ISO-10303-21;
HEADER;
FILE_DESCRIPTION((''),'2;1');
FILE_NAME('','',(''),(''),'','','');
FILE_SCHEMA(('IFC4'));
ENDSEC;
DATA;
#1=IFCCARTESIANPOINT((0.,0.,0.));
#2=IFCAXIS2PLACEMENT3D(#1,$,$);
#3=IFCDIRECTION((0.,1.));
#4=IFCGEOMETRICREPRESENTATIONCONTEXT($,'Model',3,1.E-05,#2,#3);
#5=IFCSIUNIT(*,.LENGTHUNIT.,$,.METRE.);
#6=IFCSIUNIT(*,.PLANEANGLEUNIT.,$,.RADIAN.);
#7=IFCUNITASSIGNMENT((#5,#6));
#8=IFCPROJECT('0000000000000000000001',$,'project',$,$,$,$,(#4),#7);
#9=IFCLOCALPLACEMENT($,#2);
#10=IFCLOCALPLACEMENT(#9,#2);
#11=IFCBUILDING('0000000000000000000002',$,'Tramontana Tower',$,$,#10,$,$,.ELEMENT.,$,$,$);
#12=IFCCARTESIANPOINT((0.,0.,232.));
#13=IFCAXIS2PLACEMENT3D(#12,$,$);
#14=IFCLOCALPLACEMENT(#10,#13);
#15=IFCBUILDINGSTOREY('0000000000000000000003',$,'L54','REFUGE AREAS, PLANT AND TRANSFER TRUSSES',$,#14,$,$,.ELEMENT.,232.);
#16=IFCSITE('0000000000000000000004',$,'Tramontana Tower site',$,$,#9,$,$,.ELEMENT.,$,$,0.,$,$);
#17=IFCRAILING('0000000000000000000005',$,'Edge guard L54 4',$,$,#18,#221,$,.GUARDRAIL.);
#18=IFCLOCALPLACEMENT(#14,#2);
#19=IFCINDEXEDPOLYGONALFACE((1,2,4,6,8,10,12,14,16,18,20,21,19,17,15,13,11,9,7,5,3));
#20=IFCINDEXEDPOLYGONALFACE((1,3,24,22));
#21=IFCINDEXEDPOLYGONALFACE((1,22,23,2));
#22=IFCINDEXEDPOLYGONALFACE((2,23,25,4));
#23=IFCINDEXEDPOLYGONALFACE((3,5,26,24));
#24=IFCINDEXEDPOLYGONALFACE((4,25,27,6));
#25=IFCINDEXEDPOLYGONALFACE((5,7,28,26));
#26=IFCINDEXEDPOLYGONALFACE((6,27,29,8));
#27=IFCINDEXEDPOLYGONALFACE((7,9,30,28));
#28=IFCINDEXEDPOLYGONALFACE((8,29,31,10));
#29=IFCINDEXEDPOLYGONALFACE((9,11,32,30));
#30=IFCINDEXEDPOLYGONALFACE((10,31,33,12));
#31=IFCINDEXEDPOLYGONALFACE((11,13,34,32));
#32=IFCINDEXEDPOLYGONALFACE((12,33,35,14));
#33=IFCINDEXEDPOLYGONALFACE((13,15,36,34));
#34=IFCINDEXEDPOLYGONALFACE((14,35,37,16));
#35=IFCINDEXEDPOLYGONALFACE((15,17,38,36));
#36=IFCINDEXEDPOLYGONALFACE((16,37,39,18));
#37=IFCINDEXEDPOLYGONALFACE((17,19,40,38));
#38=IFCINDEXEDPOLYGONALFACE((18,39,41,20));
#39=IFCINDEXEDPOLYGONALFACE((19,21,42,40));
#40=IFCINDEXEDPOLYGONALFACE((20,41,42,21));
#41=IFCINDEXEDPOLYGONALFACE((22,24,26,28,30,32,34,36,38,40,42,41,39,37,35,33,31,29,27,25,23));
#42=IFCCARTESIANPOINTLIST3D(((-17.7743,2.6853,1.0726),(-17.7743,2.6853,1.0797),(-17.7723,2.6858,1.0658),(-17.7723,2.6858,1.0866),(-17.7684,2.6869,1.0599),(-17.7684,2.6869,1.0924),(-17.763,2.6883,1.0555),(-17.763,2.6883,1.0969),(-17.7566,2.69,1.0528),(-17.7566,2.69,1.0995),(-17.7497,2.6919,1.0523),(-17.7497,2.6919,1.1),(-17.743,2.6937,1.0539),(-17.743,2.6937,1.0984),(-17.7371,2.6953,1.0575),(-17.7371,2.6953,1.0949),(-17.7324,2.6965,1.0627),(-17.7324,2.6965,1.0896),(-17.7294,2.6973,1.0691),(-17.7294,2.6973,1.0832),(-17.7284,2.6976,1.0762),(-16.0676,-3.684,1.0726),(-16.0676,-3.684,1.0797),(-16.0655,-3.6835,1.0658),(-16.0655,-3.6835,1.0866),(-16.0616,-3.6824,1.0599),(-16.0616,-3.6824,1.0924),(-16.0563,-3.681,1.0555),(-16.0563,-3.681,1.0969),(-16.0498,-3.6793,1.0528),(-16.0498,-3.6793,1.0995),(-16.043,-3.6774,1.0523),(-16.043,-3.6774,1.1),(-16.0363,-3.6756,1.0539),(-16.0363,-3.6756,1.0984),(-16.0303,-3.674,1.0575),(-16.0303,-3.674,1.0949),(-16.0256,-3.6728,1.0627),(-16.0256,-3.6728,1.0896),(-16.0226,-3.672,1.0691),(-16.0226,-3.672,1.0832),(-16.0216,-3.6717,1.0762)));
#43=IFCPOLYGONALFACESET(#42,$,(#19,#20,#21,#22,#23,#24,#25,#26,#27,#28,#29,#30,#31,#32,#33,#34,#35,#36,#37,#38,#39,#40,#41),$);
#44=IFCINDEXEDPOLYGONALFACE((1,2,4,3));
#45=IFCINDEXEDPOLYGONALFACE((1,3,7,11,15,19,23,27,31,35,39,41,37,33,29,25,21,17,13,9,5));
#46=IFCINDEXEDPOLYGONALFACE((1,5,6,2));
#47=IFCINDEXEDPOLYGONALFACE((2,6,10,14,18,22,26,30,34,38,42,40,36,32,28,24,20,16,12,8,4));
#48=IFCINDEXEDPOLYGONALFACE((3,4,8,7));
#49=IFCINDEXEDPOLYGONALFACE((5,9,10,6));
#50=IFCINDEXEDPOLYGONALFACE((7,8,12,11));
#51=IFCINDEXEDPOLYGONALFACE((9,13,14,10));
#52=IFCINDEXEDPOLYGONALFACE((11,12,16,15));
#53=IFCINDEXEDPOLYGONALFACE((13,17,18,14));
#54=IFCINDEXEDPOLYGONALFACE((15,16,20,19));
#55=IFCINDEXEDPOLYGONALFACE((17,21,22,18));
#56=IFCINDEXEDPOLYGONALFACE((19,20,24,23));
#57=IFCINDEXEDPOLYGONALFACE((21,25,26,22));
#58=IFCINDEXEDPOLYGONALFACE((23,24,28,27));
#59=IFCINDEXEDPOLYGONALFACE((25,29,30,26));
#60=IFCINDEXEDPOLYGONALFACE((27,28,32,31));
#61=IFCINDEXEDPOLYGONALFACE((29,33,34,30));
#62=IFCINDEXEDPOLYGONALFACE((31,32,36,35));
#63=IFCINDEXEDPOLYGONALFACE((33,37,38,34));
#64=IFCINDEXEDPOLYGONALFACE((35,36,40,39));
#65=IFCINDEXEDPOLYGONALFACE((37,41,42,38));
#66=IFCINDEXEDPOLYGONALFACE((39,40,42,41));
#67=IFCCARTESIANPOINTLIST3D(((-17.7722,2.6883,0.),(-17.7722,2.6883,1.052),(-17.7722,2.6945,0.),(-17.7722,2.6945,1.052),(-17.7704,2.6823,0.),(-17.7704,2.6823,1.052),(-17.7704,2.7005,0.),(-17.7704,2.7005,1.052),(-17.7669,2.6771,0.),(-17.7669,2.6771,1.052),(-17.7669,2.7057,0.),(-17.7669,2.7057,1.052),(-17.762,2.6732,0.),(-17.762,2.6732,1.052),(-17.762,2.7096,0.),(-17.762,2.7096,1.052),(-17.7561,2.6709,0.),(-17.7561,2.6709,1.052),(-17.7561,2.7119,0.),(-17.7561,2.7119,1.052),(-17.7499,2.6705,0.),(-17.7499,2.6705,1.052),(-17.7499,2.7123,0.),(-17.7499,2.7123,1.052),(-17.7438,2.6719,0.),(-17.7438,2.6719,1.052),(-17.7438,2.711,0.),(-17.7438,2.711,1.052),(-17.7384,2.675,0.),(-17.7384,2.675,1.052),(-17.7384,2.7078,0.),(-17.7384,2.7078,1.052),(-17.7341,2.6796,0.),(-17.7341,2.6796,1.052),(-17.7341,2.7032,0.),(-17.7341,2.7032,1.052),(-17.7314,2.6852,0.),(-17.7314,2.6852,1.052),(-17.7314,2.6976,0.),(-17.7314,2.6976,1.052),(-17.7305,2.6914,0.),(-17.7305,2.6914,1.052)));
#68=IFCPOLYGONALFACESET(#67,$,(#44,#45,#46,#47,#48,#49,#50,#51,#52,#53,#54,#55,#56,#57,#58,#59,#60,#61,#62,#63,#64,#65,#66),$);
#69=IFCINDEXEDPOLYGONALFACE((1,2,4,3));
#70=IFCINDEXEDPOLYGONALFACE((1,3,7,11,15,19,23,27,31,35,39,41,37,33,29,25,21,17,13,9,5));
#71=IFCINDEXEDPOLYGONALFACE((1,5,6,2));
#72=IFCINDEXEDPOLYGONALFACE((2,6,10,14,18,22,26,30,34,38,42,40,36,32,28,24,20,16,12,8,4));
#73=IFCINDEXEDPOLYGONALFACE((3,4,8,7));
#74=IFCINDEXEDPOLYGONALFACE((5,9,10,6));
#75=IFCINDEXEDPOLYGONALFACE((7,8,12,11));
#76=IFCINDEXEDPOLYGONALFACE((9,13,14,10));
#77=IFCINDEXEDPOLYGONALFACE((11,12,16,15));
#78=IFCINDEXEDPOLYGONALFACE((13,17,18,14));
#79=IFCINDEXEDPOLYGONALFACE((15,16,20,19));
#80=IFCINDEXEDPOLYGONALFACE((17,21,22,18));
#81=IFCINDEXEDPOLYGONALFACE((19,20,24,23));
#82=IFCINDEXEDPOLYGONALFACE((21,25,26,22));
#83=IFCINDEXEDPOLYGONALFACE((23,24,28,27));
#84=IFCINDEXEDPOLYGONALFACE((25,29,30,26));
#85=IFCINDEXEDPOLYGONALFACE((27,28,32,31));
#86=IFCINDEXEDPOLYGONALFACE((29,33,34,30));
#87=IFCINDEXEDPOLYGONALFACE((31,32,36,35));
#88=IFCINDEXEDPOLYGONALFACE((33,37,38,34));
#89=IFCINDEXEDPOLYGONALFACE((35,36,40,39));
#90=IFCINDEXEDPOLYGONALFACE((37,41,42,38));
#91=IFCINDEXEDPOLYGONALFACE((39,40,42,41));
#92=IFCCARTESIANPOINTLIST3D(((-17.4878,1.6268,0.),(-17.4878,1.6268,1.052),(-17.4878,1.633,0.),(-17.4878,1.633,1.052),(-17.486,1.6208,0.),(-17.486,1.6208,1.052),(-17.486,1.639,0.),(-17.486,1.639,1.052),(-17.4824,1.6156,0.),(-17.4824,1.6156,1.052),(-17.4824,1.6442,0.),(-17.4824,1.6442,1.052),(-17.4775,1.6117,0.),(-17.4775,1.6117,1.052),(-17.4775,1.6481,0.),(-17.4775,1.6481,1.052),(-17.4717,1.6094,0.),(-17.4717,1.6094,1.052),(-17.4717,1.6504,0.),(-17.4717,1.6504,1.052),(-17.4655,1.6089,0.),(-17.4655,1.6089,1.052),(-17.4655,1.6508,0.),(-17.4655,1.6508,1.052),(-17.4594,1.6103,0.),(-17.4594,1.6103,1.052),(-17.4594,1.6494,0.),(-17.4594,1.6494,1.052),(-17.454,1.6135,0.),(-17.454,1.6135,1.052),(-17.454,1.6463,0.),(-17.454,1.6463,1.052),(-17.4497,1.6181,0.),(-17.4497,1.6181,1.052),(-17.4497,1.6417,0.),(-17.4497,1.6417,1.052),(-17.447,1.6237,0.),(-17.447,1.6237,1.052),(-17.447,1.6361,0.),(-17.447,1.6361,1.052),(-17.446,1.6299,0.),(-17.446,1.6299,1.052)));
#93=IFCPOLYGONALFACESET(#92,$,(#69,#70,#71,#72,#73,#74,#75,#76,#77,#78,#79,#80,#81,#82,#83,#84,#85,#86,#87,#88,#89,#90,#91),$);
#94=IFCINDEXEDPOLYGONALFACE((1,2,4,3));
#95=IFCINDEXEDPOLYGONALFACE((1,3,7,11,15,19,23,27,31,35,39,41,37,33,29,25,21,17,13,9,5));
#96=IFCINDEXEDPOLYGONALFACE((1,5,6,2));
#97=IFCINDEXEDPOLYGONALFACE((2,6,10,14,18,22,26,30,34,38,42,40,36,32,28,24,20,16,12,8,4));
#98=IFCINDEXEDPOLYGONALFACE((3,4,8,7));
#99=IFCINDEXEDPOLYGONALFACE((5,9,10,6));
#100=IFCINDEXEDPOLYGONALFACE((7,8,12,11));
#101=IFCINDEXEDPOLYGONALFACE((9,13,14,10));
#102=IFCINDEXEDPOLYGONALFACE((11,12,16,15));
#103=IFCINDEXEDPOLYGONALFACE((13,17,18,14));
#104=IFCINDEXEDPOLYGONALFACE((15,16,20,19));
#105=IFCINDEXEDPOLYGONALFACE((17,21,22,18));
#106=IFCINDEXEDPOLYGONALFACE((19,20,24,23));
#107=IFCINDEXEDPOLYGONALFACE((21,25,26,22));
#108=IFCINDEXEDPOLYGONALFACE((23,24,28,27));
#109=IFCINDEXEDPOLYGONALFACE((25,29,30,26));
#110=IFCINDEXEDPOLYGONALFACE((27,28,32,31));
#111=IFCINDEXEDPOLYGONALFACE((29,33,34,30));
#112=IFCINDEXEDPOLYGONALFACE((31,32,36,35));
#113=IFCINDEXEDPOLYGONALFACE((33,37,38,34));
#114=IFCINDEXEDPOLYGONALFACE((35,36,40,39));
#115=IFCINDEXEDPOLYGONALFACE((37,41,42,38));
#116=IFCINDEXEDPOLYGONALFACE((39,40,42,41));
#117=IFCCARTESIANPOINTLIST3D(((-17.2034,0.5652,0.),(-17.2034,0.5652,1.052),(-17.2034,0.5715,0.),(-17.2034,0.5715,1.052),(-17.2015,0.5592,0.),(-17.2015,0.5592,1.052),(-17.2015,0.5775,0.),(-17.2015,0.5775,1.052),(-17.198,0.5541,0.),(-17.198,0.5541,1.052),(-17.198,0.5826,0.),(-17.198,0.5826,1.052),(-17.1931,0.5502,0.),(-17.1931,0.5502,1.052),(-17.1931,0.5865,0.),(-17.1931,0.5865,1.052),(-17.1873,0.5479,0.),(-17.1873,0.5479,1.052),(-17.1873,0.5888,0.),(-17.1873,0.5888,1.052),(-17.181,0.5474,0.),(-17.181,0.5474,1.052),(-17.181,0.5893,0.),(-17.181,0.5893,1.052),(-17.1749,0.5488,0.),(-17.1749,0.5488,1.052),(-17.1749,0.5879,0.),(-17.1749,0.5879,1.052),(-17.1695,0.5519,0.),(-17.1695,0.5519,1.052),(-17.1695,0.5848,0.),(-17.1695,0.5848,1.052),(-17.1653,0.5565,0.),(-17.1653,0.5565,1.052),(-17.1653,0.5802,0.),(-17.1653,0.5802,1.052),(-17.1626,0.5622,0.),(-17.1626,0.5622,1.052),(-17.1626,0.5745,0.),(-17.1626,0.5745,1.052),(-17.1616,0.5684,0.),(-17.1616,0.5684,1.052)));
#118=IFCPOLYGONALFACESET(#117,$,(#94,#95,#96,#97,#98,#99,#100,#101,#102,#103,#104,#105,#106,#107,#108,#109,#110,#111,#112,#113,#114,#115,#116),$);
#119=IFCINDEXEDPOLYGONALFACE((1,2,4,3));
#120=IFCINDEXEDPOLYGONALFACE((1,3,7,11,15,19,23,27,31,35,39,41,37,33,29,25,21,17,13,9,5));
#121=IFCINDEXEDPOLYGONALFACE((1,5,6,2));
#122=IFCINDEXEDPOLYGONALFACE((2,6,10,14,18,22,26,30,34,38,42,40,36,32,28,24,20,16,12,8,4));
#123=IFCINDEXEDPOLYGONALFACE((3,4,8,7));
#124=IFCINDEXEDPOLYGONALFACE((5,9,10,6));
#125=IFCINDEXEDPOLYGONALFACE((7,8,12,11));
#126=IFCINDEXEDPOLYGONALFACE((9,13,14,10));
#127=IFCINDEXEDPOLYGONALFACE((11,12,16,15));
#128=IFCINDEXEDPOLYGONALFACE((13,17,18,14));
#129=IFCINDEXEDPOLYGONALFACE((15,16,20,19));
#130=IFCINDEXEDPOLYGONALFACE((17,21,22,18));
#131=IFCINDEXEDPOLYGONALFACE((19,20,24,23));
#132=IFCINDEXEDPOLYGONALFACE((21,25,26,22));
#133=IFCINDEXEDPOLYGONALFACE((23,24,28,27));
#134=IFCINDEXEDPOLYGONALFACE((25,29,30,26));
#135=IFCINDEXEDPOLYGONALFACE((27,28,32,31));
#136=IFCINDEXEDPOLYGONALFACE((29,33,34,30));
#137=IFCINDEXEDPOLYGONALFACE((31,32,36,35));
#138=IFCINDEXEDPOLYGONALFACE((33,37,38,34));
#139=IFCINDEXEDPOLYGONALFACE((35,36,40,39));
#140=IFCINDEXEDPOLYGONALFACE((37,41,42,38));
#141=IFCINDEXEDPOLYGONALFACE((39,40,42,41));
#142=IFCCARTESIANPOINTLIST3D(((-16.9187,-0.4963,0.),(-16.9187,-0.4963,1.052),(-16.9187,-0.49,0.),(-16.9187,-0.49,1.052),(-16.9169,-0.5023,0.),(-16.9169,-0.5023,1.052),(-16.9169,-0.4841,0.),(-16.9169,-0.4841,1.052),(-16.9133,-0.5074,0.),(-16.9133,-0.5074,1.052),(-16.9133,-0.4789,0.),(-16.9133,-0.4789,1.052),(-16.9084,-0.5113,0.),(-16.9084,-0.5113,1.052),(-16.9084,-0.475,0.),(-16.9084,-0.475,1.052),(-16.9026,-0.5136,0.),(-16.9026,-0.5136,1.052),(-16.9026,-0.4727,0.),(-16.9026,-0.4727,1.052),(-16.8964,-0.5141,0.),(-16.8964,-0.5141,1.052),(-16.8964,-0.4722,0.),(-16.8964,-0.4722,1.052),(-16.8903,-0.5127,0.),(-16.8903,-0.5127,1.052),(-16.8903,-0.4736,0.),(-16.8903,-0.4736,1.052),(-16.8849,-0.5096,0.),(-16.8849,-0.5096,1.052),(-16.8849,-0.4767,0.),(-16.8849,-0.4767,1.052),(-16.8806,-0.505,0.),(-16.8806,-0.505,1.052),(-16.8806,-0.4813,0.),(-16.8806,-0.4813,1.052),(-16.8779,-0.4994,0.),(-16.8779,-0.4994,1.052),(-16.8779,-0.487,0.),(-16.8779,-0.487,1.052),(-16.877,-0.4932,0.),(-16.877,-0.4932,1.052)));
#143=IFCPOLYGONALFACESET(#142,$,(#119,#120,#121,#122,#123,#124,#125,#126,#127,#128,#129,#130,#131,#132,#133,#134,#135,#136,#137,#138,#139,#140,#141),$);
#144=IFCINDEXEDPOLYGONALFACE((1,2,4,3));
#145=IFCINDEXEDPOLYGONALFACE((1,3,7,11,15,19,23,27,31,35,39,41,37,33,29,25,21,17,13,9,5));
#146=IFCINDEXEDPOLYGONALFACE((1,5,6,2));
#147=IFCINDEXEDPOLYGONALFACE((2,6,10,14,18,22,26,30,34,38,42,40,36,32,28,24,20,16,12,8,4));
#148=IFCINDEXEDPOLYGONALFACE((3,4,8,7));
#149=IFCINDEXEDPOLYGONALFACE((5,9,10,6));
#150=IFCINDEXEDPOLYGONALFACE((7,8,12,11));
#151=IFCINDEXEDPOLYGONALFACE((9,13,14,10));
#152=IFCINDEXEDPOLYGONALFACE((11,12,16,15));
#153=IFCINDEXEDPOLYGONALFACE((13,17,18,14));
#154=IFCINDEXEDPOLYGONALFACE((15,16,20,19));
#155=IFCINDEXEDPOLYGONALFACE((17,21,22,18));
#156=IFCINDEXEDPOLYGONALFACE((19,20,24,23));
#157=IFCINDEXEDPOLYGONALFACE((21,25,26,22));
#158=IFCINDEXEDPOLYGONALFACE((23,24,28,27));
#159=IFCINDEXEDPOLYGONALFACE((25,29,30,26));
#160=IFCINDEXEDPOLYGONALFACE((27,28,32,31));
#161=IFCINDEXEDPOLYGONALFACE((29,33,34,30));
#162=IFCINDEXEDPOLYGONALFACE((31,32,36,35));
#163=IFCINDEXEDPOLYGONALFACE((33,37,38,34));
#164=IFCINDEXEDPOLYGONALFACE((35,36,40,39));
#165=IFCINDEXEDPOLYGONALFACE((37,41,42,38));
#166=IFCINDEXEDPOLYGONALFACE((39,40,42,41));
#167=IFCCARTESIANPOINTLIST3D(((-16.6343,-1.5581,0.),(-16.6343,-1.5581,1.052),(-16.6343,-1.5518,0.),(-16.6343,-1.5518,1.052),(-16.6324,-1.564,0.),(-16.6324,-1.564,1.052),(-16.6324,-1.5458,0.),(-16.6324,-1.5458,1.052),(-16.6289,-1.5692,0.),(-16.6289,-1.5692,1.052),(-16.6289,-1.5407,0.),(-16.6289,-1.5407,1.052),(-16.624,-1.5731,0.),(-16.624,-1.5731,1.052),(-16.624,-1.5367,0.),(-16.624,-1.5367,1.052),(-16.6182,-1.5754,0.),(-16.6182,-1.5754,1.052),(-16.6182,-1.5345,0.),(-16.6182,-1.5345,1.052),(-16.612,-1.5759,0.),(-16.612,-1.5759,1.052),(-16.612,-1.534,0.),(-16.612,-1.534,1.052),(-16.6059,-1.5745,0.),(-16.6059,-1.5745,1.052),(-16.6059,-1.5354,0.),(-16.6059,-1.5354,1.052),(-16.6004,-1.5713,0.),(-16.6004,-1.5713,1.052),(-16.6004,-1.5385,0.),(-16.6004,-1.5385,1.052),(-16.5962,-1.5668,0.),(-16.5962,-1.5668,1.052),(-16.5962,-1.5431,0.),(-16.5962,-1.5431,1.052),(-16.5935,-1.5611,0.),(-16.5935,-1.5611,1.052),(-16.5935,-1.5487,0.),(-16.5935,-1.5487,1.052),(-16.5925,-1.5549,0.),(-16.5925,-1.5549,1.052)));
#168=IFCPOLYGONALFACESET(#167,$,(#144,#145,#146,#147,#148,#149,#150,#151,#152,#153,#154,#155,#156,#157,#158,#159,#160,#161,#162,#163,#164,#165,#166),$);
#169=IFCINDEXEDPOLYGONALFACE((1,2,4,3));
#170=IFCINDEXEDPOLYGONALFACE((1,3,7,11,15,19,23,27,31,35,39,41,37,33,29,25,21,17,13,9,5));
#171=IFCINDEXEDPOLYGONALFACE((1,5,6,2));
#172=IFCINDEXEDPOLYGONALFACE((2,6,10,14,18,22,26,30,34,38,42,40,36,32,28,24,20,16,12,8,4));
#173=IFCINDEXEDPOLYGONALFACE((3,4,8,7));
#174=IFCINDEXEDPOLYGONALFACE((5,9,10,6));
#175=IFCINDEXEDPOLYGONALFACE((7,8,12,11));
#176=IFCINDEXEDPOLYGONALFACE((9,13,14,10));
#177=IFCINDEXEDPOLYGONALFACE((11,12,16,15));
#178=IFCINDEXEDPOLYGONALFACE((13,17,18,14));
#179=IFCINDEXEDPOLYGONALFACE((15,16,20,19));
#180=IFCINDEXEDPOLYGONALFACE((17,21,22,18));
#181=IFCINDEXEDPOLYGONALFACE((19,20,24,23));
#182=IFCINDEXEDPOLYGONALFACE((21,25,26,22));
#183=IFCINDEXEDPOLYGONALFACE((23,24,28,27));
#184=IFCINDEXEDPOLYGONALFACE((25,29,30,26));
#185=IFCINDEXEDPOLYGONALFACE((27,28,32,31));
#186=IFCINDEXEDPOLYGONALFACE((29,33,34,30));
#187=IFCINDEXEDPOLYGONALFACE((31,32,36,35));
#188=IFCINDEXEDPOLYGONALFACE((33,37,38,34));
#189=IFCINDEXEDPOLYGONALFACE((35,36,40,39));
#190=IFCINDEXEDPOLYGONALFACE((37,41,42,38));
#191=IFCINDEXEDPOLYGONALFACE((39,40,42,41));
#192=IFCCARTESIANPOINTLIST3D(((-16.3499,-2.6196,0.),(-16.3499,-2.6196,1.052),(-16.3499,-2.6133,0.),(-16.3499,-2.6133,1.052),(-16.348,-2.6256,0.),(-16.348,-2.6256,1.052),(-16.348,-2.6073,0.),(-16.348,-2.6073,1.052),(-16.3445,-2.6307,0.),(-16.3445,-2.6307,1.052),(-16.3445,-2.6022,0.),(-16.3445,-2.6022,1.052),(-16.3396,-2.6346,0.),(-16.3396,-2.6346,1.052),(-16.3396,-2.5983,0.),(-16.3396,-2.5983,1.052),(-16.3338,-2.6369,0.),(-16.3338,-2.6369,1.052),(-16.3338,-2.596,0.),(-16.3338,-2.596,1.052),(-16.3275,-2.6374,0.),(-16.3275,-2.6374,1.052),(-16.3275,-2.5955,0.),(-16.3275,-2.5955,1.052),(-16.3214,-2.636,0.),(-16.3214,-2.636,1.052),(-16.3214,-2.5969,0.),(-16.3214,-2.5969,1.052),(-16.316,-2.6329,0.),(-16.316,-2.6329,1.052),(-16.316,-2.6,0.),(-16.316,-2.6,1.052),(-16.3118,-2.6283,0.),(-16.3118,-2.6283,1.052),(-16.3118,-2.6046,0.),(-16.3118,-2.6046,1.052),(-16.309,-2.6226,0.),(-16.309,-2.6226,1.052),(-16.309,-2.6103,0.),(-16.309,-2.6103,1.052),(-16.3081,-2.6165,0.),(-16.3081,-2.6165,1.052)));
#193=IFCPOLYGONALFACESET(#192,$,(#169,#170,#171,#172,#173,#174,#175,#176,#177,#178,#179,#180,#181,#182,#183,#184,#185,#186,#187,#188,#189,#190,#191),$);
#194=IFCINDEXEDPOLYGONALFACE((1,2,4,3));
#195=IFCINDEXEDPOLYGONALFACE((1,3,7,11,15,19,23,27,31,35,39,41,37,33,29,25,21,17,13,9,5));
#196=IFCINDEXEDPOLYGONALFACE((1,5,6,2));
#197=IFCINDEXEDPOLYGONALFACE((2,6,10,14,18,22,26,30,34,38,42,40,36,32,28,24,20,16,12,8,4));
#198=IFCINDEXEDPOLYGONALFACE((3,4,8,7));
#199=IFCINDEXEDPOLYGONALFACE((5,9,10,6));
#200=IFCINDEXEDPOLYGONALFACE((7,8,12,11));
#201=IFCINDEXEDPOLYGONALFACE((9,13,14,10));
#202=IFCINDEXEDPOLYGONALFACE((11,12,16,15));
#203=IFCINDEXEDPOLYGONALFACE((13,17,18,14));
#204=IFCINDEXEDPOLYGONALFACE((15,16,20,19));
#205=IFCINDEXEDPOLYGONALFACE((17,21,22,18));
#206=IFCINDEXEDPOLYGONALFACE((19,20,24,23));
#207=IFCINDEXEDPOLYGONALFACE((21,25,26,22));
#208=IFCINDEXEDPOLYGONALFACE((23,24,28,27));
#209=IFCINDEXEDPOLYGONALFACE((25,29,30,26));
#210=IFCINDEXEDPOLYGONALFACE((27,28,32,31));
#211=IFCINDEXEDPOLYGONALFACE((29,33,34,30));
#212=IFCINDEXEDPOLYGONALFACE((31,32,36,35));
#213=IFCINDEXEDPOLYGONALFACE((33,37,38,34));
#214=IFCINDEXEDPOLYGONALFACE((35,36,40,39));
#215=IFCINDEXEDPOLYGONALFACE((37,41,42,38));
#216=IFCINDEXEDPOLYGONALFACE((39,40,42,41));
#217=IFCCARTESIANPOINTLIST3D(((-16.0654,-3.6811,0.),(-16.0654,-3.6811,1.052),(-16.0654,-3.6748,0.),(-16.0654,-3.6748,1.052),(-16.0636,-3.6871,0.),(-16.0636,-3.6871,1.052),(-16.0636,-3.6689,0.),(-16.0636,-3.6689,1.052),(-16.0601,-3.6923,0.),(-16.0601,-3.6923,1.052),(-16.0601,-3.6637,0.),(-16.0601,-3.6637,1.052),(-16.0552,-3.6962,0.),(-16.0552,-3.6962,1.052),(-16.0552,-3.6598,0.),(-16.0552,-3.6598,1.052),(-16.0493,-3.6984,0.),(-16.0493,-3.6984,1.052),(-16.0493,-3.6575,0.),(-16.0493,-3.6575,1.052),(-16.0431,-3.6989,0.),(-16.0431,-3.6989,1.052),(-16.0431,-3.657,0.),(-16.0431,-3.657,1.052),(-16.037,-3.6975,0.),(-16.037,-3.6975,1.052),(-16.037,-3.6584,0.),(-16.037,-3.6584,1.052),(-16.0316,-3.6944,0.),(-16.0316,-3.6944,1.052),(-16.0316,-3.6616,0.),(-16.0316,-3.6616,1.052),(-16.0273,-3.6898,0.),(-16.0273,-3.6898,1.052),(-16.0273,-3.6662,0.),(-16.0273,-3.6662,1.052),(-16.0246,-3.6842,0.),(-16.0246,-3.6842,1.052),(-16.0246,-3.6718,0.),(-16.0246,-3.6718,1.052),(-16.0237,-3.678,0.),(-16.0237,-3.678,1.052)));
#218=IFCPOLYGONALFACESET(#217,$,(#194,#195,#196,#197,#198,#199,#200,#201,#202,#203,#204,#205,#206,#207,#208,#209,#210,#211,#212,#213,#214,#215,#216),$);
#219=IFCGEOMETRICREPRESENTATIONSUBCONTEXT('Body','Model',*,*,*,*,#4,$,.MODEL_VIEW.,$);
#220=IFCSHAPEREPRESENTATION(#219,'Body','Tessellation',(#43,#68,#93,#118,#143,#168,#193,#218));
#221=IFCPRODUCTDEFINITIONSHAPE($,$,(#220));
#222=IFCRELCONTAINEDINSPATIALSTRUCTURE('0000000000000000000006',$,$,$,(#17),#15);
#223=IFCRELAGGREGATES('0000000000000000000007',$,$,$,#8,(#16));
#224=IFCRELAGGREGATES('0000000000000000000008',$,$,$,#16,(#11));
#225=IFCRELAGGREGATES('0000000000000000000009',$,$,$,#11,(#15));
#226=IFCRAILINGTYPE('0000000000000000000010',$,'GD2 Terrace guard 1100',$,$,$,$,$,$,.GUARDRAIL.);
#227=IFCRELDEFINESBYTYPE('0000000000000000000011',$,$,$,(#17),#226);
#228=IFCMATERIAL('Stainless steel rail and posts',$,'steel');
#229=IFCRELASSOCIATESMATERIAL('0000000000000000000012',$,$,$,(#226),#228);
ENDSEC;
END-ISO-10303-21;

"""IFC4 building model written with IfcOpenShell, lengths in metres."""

from ifc_helpers import new_model, si_unit, direction, frame, origin, origin_2d, place, context, subcontext, project, spatial, circle, extrude, material, type_object, element, save


model = new_model("IFC4")

# Units and contexts
model_context = context("Model", 3, precision=1e-05, world=origin(), true_north=direction((0.0, 1.0)))
body_context = subcontext(model_context, "Body", "Model", "MODEL_VIEW")
ifc_project = project(units=[si_unit("LENGTHUNIT", "METRE"), si_unit("PLANEANGLEUNIT", "RADIAN")], contexts=[model_context])

# Site, building, storey
site_placement = place(None, origin())
site = spatial("IfcSite", under=ifc_project, at=site_placement, Name="Tramontana Tower site", CompositionType="ELEMENT", RefElevation=0.0)
building_placement = place(site_placement, origin())
building = spatial("IfcBuilding", under=site, at=building_placement, Name="Tramontana Tower", CompositionType="ELEMENT")
storey_placement = place(building_placement, frame((0.0, 0.0, 232.0)))
storey = spatial("IfcBuildingStorey", under=building, at=storey_placement, Name="L54", Description="REFUGE AREAS, PLANT AND TRANSFER TRUSSES", CompositionType="ELEMENT", Elevation=232.0)

# Railing
ifc_material_1 = material(Name="Stainless steel rail and posts", Category="steel")
railing_type_1 = type_object("IfcRailingType", Name="GD2 Terrace guard 1100", PredefinedType="GUARDRAIL", material=ifc_material_1)
railing_1_placement = place(storey_placement, frame((-17.7515, 2.6914, 0.0)))
element("IfcRailing", 1, at=railing_1_placement, inside=storey, type_object=railing_type_1, Name="Edge guard L54 4", PredefinedType="GUARDRAIL", context=body_context, shape_type="SweptSolid", body=[
    extrude(circle(Radius=0.0239, at=origin_2d()), frame((0.0, 0.0, 1.0762), z_axis=(0.258835, -0.965921, 0.0), x_axis=(0.965921, 0.258835, 0.0)), (0.0, 0.0, 1.0), 6.594),
    extrude(circle(Radius=0.021, at=origin_2d()), origin(), (0.0, 0.0, 1.0), 1.052),
    extrude(circle(Radius=0.021, at=origin_2d()), frame((0.2844, -1.0615, 0.0)), (0.0, 0.0, 1.0), 1.052),
    extrude(circle(Radius=0.021, at=origin_2d()), frame((0.5688, -2.123, 0.0)), (0.0, 0.0, 1.0), 1.052),
    extrude(circle(Radius=0.021, at=origin_2d()), frame((0.8535, -3.1846, 0.0)), (0.0, 0.0, 1.0), 1.052),
    extrude(circle(Radius=0.021, at=origin_2d()), frame((1.1379, -4.2463, 0.0)), (0.0, 0.0, 1.0), 1.052),
    extrude(circle(Radius=0.021, at=origin_2d()), frame((1.4224, -5.3079, 0.0)), (0.0, 0.0, 1.0), 1.052),
    extrude(circle(Radius=0.021, at=origin_2d()), frame((1.7068, -6.3694, 0.0)), (0.0, 0.0, 1.0), 1.052),
])

save(model, "model.ifc")
